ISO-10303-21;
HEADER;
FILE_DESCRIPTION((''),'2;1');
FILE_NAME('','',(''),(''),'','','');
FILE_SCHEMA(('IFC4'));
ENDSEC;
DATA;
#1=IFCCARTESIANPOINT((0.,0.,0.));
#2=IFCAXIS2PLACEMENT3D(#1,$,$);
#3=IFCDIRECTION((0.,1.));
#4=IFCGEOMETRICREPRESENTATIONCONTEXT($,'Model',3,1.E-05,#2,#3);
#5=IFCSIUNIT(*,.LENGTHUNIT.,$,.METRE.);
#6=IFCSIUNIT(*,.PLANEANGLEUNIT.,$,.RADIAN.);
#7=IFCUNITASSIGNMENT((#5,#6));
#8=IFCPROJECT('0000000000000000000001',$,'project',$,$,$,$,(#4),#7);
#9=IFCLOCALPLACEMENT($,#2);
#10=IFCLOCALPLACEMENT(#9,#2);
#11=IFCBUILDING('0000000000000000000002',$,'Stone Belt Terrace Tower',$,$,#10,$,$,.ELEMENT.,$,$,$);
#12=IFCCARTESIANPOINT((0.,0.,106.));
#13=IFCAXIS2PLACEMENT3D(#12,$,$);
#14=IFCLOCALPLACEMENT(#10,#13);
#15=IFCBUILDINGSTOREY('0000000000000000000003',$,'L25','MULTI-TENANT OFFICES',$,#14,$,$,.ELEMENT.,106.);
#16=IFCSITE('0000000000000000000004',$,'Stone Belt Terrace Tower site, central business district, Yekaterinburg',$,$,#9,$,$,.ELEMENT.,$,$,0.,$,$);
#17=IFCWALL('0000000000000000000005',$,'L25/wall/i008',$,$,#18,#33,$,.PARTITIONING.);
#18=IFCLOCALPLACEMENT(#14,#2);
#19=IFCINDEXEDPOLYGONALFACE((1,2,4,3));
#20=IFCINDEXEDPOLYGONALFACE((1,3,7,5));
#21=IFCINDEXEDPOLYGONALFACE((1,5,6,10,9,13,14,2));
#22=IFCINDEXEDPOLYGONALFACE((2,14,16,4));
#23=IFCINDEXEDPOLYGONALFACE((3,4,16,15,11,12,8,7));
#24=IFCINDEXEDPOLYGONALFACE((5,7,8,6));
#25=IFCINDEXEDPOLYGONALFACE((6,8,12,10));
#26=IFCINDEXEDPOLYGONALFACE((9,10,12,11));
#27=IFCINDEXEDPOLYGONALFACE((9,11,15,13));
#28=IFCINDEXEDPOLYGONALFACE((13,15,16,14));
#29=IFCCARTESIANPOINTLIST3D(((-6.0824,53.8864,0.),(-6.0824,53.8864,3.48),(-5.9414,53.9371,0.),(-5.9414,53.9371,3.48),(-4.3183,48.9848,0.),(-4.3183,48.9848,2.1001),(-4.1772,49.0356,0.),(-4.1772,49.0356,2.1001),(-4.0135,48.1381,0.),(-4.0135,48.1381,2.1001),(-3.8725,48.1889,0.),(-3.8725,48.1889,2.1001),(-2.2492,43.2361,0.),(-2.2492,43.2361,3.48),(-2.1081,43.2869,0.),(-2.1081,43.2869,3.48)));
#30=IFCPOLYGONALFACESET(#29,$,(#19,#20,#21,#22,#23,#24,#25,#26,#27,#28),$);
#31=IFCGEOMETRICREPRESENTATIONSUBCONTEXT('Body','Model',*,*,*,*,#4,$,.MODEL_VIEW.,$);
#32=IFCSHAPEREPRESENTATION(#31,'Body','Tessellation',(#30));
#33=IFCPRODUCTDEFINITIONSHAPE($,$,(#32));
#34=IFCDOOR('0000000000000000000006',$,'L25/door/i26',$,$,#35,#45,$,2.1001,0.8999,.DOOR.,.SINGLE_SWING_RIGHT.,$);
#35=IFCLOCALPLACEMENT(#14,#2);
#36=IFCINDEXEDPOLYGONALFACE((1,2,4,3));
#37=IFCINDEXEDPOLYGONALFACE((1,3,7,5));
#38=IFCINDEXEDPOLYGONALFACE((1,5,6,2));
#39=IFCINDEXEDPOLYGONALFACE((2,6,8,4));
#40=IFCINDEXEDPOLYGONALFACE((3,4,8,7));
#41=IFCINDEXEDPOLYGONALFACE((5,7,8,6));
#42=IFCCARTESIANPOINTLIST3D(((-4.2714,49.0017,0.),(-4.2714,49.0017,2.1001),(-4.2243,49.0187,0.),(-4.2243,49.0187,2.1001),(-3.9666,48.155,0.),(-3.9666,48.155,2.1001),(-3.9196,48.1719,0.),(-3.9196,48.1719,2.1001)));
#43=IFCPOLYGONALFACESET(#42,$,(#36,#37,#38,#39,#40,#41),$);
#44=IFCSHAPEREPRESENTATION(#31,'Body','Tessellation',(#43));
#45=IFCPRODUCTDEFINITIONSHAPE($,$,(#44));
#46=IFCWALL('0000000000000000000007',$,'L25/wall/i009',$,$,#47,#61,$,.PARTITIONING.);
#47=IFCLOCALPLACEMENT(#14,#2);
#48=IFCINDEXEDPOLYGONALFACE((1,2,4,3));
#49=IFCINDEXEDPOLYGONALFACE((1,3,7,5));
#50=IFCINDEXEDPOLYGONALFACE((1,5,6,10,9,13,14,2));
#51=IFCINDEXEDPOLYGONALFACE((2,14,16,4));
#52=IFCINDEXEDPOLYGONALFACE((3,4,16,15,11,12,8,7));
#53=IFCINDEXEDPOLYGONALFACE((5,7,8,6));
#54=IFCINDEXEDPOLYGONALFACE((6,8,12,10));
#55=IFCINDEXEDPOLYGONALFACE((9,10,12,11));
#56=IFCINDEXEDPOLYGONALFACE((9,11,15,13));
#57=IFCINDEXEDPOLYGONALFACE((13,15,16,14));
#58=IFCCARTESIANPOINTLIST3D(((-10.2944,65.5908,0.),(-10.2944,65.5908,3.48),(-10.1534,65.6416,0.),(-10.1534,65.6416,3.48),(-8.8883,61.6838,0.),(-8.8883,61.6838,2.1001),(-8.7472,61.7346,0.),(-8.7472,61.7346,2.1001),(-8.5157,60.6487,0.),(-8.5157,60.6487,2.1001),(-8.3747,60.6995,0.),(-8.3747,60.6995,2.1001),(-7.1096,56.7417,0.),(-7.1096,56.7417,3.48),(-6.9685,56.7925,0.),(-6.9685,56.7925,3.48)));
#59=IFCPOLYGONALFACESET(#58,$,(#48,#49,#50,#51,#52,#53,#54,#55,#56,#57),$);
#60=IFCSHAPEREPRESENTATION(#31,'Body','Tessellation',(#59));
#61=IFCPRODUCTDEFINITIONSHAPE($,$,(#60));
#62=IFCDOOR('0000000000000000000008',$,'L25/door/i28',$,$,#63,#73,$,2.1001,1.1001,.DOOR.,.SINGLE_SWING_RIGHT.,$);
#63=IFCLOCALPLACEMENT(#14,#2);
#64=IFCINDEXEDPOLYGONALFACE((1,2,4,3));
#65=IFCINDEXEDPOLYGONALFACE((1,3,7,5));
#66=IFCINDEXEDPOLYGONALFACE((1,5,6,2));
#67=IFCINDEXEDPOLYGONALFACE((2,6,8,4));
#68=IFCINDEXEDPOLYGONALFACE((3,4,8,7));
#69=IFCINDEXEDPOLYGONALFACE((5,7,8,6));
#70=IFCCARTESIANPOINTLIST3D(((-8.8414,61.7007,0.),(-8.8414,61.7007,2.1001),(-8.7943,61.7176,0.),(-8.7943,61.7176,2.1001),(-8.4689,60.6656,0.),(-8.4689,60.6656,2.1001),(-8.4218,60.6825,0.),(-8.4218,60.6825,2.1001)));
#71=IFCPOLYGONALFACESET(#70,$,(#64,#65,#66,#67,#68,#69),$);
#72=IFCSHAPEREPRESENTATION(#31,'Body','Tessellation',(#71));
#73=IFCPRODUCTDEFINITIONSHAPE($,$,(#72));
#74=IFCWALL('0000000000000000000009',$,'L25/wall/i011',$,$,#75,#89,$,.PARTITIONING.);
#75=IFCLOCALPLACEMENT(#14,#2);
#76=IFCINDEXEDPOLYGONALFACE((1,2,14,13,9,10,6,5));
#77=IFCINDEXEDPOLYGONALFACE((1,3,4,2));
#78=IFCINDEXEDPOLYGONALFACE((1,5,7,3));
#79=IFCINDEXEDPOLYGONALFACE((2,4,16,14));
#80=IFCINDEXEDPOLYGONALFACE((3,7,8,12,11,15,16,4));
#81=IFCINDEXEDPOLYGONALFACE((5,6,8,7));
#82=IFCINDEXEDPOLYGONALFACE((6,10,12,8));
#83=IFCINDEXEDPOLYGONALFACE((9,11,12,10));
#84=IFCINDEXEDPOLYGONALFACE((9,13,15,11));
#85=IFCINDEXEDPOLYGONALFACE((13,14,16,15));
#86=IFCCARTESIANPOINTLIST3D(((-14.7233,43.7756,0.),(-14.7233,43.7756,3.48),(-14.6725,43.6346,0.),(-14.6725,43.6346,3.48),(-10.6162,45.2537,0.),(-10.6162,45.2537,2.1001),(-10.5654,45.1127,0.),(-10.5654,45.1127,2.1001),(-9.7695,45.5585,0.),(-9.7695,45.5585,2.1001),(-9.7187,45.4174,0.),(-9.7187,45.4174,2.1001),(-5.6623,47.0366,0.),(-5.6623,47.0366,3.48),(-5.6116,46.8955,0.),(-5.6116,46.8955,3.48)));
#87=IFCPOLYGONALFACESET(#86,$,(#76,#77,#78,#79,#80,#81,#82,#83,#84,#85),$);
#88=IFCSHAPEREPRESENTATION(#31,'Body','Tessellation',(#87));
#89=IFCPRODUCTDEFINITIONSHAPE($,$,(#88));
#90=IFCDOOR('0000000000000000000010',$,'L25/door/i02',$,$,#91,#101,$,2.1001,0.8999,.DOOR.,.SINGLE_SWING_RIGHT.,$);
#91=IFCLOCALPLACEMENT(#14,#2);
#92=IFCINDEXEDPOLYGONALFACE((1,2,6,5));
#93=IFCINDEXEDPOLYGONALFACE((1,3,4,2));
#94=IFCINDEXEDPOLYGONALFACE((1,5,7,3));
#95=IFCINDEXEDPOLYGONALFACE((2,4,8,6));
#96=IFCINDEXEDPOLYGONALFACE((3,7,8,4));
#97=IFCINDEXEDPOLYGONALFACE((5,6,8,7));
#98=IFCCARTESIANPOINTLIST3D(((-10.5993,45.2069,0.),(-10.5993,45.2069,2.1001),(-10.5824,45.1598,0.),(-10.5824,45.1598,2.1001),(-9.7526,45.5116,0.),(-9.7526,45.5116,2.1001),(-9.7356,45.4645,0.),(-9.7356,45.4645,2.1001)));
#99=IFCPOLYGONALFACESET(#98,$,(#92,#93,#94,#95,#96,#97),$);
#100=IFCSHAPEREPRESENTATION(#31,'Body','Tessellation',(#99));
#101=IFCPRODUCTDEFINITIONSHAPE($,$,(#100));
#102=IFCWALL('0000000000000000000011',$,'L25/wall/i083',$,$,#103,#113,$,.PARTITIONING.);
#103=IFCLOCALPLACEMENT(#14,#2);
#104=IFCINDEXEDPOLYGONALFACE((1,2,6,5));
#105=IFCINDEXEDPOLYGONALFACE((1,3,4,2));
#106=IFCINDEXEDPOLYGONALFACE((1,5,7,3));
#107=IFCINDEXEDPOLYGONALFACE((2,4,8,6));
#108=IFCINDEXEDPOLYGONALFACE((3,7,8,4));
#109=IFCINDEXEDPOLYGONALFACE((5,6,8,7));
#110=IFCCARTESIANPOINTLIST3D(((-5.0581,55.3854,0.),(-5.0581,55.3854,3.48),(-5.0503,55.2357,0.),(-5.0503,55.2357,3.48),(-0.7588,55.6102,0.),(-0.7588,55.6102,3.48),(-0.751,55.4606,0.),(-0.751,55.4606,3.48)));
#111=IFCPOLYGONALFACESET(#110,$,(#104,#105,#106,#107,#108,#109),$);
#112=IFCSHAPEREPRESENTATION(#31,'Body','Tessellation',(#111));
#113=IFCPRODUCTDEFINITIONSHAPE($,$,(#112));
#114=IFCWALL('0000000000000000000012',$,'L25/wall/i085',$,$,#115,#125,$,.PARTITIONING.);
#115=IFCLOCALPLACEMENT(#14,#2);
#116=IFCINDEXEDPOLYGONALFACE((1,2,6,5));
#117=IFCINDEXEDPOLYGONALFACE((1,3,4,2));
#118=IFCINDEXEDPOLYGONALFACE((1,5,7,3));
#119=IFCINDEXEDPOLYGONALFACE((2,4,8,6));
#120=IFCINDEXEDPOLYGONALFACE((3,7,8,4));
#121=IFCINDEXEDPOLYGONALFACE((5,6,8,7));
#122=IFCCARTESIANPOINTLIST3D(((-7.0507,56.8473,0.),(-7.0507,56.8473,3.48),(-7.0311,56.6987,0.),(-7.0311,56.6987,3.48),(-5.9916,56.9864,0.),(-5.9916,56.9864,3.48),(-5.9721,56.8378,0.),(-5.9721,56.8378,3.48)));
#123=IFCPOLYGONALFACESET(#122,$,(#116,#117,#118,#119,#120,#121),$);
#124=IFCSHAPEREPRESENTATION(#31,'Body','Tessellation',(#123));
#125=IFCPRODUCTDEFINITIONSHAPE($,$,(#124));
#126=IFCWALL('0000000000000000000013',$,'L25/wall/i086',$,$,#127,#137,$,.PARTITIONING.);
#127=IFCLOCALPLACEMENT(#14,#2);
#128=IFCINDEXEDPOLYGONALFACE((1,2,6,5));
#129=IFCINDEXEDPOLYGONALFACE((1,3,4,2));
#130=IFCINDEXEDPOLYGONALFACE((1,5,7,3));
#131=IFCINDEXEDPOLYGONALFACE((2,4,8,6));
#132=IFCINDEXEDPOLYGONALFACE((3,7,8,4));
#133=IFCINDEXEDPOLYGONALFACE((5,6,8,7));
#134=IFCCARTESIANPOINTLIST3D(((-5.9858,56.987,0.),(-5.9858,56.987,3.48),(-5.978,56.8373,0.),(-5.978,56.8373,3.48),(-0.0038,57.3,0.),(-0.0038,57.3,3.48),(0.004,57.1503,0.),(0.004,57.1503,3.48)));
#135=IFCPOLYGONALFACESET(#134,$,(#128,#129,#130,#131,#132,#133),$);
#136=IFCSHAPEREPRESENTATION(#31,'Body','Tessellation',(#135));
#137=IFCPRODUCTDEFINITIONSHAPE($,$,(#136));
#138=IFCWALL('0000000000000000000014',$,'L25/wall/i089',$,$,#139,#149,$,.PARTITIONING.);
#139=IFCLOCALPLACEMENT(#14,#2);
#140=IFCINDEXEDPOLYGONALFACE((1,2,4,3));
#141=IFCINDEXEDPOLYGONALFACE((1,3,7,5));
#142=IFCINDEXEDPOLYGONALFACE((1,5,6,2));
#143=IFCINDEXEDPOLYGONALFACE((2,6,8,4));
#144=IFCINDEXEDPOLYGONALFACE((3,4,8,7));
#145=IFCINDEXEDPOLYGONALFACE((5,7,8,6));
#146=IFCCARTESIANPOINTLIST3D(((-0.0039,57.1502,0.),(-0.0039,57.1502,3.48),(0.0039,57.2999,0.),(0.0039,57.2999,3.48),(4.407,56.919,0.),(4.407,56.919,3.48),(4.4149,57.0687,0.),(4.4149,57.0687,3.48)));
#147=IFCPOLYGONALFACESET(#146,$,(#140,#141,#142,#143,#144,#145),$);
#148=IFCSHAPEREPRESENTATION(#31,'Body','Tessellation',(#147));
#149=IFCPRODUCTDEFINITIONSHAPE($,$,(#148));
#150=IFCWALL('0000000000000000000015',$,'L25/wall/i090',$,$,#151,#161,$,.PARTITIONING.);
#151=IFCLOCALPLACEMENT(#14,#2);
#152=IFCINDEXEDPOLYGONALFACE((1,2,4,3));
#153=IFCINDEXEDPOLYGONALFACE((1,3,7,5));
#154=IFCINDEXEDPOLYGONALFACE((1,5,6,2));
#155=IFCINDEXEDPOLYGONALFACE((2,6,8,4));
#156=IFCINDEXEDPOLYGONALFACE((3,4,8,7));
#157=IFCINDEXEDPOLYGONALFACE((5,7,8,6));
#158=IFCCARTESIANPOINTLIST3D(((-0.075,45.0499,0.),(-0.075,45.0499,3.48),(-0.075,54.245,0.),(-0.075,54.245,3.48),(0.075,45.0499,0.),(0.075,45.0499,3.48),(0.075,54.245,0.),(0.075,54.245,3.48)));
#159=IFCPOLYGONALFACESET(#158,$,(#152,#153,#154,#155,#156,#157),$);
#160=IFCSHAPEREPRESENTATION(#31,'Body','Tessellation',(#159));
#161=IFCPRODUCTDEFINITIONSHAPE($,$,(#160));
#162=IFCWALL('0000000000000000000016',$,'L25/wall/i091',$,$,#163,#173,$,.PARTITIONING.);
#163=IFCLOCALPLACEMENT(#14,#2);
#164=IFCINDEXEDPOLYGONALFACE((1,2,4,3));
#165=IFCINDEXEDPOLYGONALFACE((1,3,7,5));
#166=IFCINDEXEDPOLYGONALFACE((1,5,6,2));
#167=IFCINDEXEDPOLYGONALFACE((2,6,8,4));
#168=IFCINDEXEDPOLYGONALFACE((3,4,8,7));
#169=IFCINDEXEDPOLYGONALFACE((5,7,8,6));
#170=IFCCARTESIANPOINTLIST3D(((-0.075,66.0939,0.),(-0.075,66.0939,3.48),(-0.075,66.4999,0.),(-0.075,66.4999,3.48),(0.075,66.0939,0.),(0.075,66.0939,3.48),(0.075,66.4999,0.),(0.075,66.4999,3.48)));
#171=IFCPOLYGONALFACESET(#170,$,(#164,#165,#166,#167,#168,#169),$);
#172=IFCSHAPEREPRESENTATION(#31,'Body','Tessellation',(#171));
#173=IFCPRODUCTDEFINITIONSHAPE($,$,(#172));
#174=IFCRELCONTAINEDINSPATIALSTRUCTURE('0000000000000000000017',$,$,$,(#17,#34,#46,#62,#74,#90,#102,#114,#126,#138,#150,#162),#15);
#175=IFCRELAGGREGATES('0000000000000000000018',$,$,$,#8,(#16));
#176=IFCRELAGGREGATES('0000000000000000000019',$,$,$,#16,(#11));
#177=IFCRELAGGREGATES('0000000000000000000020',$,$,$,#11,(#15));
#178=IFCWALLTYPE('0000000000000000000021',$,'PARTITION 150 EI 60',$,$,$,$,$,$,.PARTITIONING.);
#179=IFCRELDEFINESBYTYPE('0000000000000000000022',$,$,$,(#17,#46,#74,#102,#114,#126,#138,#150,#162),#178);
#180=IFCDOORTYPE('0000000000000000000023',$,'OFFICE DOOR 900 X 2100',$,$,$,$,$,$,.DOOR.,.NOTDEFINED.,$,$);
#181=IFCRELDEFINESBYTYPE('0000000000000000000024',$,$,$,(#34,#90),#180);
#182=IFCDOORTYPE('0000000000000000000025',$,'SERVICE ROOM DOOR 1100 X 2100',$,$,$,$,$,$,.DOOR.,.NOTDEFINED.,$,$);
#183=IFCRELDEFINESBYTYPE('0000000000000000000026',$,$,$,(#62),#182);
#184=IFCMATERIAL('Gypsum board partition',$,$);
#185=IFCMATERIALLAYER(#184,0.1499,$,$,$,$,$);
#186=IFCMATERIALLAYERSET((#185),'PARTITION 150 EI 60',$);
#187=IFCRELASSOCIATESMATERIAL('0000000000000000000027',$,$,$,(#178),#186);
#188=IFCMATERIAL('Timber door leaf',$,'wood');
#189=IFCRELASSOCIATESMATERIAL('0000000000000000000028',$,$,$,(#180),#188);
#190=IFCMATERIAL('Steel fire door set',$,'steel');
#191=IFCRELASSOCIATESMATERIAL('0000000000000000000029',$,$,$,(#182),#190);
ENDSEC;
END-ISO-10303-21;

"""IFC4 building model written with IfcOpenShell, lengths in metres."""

from ifc_helpers import new_model, si_unit, direction, frame, frame_2d, origin, place, context, subcontext, project, spatial, rectangle, extrude, material, layer, layer_set, type_object, element, fill, save


model = new_model("IFC4")

# Units and contexts
model_context = context("Model", 3, precision=1e-05, world=origin(), true_north=direction((0.0, 1.0)))
body_context = subcontext(model_context, "Body", "Model", "MODEL_VIEW")
ifc_project = project(units=[si_unit("LENGTHUNIT", "METRE"), si_unit("PLANEANGLEUNIT", "RADIAN")], contexts=[model_context])

# Site, building, storey
site_placement = place(None, origin())
site = spatial("IfcSite", under=ifc_project, at=site_placement, Name="Stone Belt Terrace Tower site, central business district, Yekaterinburg", CompositionType="ELEMENT", RefElevation=0.0)
building_placement = place(site_placement, origin())
building = spatial("IfcBuilding", under=site, at=building_placement, Name="Stone Belt Terrace Tower", CompositionType="ELEMENT")
storey_placement = place(building_placement, frame((0.0, 0.0, 106.0)))
storey = spatial("IfcBuildingStorey", under=building, at=storey_placement, Name="L25", Description="MULTI-TENANT OFFICES", CompositionType="ELEMENT", Elevation=106.0)

# Shared definitions
ifc_material_1 = material(Name="Timber door leaf", Category="wood")

# Walls, openings, doors
ifc_material_2 = material(Name="Gypsum board partition")
ifc_layer_1 = layer(ifc_material_2, 0.1499)
ifc_layer_set_1 = layer_set([ifc_layer_1], Name="PARTITION 150 EI 60")
wall_type_1 = type_object("IfcWallType", Name="PARTITION 150 EI 60", PredefinedType="PARTITIONING", material=ifc_layer_set_1)
wall_1_placement = place(storey_placement, frame((-6.012, 53.9119, 0.0), z_axis=(0.0, 0.0, 1.0), x_axis=(0.338657, -0.94091, 0.0)))
wall_1 = element("IfcWall", 1, at=wall_1_placement, inside=storey, type_object=wall_type_1, Name="L25/wall/i008", PredefinedType="PARTITIONING", context=body_context, shape_type="SweptSolid", body=[
    extrude(rectangle(XDim=11.3191, YDim=0.1499, at=frame_2d((5.6597, 0.0))), origin(), (0.0, 0.0, 1.0), 3.48),
])
opening_1_placement = place(wall_1_placement, frame((5.2095, 0.0, 0.0)))
opening_1 = element("IfcOpeningElement", 2, at=opening_1_placement, cuts=wall_1, PredefinedType="OPENING", context=body_context, shape_type="SweptSolid", body=[
    extrude(rectangle(XDim=0.8999, YDim=2.1001, at=frame_2d((0.45, 1.05))), frame((0.0, 0.085, 0.0), z_axis=(0.0, -1.0, 0.0), x_axis=(1.0, 0.0, 0.0)), (0.0, 0.0, 1.0), 0.1699),
])
door_type_1 = type_object("IfcDoorType", Name="OFFICE DOOR 900 X 2100", OperationType="NOTDEFINED", PredefinedType="DOOR", material=ifc_material_1)
door_1_placement = place(opening_1_placement, origin())
door_1 = element("IfcDoor", 3, at=door_1_placement, inside=storey, type_object=door_type_1, Name="L25/door/i26", OperationType="SINGLE_SWING_RIGHT", OverallHeight=2.1001, OverallWidth=0.8999, PredefinedType="DOOR", context=body_context, shape_type="SweptSolid", body=[
    extrude(rectangle(XDim=0.8999, YDim=2.1001, at=frame_2d((0.45, 1.05))), frame((0.0, 0.0249, 0.0), z_axis=(0.0, -1.0, 0.0), x_axis=(1.0, 0.0, 0.0)), (0.0, 0.0, 1.0), 0.05),
])
fill(opening_1, door_1)
wall_2_placement = place(storey_placement, frame((-10.2239, 65.6162, 0.0), z_axis=(0.0, 0.0, 1.0), x_axis=(0.338638, -0.940917, 0.0)))
wall_2 = element("IfcWall", 4, at=wall_2_placement, inside=storey, type_object=wall_type_1, Name="L25/wall/i009", PredefinedType="PARTITIONING", context=body_context, shape_type="SweptSolid", body=[
    extrude(rectangle(XDim=9.4048, YDim=0.1499, at=frame_2d((4.7024, 0.0))), origin(), (0.0, 0.0, 1.0), 3.48),
])
opening_2_placement = place(wall_2_placement, frame((4.1523, 0.0, 0.0)))
opening_2 = element("IfcOpeningElement", 5, at=opening_2_placement, cuts=wall_2, PredefinedType="OPENING", context=body_context, shape_type="SweptSolid", body=[
    extrude(rectangle(XDim=1.1001, YDim=2.1001, at=frame_2d((0.55, 1.05))), frame((0.0, 0.085, 0.0), z_axis=(0.0, -1.0, 0.0), x_axis=(1.0, 0.0, 0.0)), (0.0, 0.0, 1.0), 0.1699),
])
ifc_material_3 = material(Name="Steel fire door set", Category="steel")
door_type_2 = type_object("IfcDoorType", Name="SERVICE ROOM DOOR 1100 X 2100", OperationType="NOTDEFINED", PredefinedType="DOOR", material=ifc_material_3)
door_2_placement = place(opening_2_placement, origin())
door_2 = element("IfcDoor", 6, at=door_2_placement, inside=storey, type_object=door_type_2, Name="L25/door/i28", OperationType="SINGLE_SWING_RIGHT", OverallHeight=2.1001, OverallWidth=1.1001, PredefinedType="DOOR", context=body_context, shape_type="SweptSolid", body=[
    extrude(rectangle(XDim=1.1001, YDim=2.1001, at=frame_2d((0.55, 1.05))), frame((0.0, 0.0249, 0.0), z_axis=(0.0, -1.0, 0.0), x_axis=(1.0, 0.0, 0.0)), (0.0, 0.0, 1.0), 0.05),
])
fill(opening_2, door_2)
wall_3_placement = place(storey_placement, frame((-5.637, 46.9661, 0.0), z_axis=(0.0, 0.0, 1.0), x_axis=(-0.94092, -0.338629, 0.0)))
wall_3 = element("IfcWall", 7, at=wall_3_placement, inside=storey, type_object=wall_type_1, Name="L25/wall/i011", PredefinedType="PARTITIONING", context=body_context, shape_type="SweptSolid", body=[
    extrude(rectangle(XDim=9.6299, YDim=0.1499, at=frame_2d((4.8149, 0.0))), origin(), (0.0, 0.0, 1.0), 3.48),
])
opening_3_placement = place(wall_3_placement, frame((4.365, 0.0, 0.0)))
opening_3 = element("IfcOpeningElement", 8, at=opening_3_placement, cuts=wall_3, PredefinedType="OPENING", context=body_context, shape_type="SweptSolid", body=[
    extrude(rectangle(XDim=0.8999, YDim=2.1001, at=frame_2d((0.45, 1.05))), frame((0.0, 0.085, 0.0), z_axis=(0.0, -1.0, 0.0), x_axis=(1.0, 0.0, 0.0)), (0.0, 0.0, 1.0), 0.1699),
])
door_3_placement = place(opening_3_placement, origin())
door_3 = element("IfcDoor", 9, at=door_3_placement, inside=storey, type_object=door_type_1, Name="L25/door/i02", OperationType="SINGLE_SWING_RIGHT", OverallHeight=2.1001, OverallWidth=0.8999, PredefinedType="DOOR", context=body_context, shape_type="SweptSolid", body=[
    extrude(rectangle(XDim=0.8999, YDim=2.1001, at=frame_2d((0.45, 1.05))), frame((0.0, 0.0249, 0.0), z_axis=(0.0, -1.0, 0.0), x_axis=(1.0, 0.0, 0.0)), (0.0, 0.0, 1.0), 0.05),
])
fill(opening_3, door_3)

# Walls
wall_4_placement = place(storey_placement, frame((-0.7549, 55.5354, 0.0), z_axis=(0.0, 0.0, 1.0), x_axis=(-0.998635, -0.052228, 0.0)))
element("IfcWall", 10, at=wall_4_placement, inside=storey, type_object=wall_type_1, Name="L25/wall/i083", PredefinedType="PARTITIONING", context=body_context, shape_type="SweptSolid", body=[
    extrude(rectangle(XDim=4.3052, YDim=0.1499, at=frame_2d((2.1526, 0.0))), origin(), (0.0, 0.0, 1.0), 3.48),
])
wall_5_placement = place(storey_placement, frame((-7.041, 56.7729, 0.0), z_axis=(0.0, 0.0, 1.0), x_axis=(0.991478, 0.130277, 0.0)))
element("IfcWall", 11, at=wall_5_placement, inside=storey, type_object=wall_type_1, Name="L25/wall/i085", PredefinedType="PARTITIONING", context=body_context, shape_type="SweptSolid", body=[
    extrude(rectangle(XDim=1.0681, YDim=0.1499, at=frame_2d((0.5342, 0.0))), origin(), (0.0, 0.0, 1.0), 3.48),
])
wall_6_placement = place(storey_placement, frame((-5.9819, 56.9121, 0.0), z_axis=(0.0, 0.0, 1.0), x_axis=(0.998634, 0.052251, 0.0)))
element("IfcWall", 12, at=wall_6_placement, inside=storey, type_object=wall_type_1, Name="L25/wall/i086", PredefinedType="PARTITIONING", context=body_context, shape_type="SweptSolid", body=[
    extrude(rectangle(XDim=5.9902, YDim=0.1499, at=frame_2d((2.9951, 0.0))), origin(), (0.0, 0.0, 1.0), 3.48),
])
wall_7_placement = place(storey_placement, frame((0.0, 57.2251, 0.0), z_axis=(0.0, 0.0, 1.0), x_axis=(0.998629, -0.052344, 0.0)))
element("IfcWall", 13, at=wall_7_placement, inside=storey, type_object=wall_type_1, Name="L25/wall/i089", PredefinedType="PARTITIONING", context=body_context, shape_type="SweptSolid", body=[
    extrude(rectangle(XDim=4.417, YDim=0.1499, at=frame_2d((2.2085, 0.0))), origin(), (0.0, 0.0, 1.0), 3.48),
])
wall_8_placement = place(storey_placement, frame((0.0, 54.2451, 0.0), z_axis=(0.0, 0.0, 1.0), x_axis=(0.0, -1.0, 0.0)))
element("IfcWall", 14, at=wall_8_placement, inside=storey, type_object=wall_type_1, Name="L25/wall/i090", PredefinedType="PARTITIONING", context=body_context, shape_type="SweptSolid", body=[
    extrude(rectangle(XDim=9.1951, YDim=0.1499, at=frame_2d((4.5977, 0.0))), origin(), (0.0, 0.0, 1.0), 3.48),
])
wall_9_placement = place(storey_placement, frame((0.0, 66.5, 0.0), z_axis=(0.0, 0.0, 1.0), x_axis=(0.0, -1.0, 0.0)))
element("IfcWall", 15, at=wall_9_placement, inside=storey, type_object=wall_type_1, Name="L25/wall/i091", PredefinedType="PARTITIONING", context=body_context, shape_type="SweptSolid", body=[
    extrude(rectangle(XDim=0.406, YDim=0.1499, at=frame_2d((0.2031, 0.0))), origin(), (0.0, 0.0, 1.0), 3.48),
])

save(model, "model.ifc")
